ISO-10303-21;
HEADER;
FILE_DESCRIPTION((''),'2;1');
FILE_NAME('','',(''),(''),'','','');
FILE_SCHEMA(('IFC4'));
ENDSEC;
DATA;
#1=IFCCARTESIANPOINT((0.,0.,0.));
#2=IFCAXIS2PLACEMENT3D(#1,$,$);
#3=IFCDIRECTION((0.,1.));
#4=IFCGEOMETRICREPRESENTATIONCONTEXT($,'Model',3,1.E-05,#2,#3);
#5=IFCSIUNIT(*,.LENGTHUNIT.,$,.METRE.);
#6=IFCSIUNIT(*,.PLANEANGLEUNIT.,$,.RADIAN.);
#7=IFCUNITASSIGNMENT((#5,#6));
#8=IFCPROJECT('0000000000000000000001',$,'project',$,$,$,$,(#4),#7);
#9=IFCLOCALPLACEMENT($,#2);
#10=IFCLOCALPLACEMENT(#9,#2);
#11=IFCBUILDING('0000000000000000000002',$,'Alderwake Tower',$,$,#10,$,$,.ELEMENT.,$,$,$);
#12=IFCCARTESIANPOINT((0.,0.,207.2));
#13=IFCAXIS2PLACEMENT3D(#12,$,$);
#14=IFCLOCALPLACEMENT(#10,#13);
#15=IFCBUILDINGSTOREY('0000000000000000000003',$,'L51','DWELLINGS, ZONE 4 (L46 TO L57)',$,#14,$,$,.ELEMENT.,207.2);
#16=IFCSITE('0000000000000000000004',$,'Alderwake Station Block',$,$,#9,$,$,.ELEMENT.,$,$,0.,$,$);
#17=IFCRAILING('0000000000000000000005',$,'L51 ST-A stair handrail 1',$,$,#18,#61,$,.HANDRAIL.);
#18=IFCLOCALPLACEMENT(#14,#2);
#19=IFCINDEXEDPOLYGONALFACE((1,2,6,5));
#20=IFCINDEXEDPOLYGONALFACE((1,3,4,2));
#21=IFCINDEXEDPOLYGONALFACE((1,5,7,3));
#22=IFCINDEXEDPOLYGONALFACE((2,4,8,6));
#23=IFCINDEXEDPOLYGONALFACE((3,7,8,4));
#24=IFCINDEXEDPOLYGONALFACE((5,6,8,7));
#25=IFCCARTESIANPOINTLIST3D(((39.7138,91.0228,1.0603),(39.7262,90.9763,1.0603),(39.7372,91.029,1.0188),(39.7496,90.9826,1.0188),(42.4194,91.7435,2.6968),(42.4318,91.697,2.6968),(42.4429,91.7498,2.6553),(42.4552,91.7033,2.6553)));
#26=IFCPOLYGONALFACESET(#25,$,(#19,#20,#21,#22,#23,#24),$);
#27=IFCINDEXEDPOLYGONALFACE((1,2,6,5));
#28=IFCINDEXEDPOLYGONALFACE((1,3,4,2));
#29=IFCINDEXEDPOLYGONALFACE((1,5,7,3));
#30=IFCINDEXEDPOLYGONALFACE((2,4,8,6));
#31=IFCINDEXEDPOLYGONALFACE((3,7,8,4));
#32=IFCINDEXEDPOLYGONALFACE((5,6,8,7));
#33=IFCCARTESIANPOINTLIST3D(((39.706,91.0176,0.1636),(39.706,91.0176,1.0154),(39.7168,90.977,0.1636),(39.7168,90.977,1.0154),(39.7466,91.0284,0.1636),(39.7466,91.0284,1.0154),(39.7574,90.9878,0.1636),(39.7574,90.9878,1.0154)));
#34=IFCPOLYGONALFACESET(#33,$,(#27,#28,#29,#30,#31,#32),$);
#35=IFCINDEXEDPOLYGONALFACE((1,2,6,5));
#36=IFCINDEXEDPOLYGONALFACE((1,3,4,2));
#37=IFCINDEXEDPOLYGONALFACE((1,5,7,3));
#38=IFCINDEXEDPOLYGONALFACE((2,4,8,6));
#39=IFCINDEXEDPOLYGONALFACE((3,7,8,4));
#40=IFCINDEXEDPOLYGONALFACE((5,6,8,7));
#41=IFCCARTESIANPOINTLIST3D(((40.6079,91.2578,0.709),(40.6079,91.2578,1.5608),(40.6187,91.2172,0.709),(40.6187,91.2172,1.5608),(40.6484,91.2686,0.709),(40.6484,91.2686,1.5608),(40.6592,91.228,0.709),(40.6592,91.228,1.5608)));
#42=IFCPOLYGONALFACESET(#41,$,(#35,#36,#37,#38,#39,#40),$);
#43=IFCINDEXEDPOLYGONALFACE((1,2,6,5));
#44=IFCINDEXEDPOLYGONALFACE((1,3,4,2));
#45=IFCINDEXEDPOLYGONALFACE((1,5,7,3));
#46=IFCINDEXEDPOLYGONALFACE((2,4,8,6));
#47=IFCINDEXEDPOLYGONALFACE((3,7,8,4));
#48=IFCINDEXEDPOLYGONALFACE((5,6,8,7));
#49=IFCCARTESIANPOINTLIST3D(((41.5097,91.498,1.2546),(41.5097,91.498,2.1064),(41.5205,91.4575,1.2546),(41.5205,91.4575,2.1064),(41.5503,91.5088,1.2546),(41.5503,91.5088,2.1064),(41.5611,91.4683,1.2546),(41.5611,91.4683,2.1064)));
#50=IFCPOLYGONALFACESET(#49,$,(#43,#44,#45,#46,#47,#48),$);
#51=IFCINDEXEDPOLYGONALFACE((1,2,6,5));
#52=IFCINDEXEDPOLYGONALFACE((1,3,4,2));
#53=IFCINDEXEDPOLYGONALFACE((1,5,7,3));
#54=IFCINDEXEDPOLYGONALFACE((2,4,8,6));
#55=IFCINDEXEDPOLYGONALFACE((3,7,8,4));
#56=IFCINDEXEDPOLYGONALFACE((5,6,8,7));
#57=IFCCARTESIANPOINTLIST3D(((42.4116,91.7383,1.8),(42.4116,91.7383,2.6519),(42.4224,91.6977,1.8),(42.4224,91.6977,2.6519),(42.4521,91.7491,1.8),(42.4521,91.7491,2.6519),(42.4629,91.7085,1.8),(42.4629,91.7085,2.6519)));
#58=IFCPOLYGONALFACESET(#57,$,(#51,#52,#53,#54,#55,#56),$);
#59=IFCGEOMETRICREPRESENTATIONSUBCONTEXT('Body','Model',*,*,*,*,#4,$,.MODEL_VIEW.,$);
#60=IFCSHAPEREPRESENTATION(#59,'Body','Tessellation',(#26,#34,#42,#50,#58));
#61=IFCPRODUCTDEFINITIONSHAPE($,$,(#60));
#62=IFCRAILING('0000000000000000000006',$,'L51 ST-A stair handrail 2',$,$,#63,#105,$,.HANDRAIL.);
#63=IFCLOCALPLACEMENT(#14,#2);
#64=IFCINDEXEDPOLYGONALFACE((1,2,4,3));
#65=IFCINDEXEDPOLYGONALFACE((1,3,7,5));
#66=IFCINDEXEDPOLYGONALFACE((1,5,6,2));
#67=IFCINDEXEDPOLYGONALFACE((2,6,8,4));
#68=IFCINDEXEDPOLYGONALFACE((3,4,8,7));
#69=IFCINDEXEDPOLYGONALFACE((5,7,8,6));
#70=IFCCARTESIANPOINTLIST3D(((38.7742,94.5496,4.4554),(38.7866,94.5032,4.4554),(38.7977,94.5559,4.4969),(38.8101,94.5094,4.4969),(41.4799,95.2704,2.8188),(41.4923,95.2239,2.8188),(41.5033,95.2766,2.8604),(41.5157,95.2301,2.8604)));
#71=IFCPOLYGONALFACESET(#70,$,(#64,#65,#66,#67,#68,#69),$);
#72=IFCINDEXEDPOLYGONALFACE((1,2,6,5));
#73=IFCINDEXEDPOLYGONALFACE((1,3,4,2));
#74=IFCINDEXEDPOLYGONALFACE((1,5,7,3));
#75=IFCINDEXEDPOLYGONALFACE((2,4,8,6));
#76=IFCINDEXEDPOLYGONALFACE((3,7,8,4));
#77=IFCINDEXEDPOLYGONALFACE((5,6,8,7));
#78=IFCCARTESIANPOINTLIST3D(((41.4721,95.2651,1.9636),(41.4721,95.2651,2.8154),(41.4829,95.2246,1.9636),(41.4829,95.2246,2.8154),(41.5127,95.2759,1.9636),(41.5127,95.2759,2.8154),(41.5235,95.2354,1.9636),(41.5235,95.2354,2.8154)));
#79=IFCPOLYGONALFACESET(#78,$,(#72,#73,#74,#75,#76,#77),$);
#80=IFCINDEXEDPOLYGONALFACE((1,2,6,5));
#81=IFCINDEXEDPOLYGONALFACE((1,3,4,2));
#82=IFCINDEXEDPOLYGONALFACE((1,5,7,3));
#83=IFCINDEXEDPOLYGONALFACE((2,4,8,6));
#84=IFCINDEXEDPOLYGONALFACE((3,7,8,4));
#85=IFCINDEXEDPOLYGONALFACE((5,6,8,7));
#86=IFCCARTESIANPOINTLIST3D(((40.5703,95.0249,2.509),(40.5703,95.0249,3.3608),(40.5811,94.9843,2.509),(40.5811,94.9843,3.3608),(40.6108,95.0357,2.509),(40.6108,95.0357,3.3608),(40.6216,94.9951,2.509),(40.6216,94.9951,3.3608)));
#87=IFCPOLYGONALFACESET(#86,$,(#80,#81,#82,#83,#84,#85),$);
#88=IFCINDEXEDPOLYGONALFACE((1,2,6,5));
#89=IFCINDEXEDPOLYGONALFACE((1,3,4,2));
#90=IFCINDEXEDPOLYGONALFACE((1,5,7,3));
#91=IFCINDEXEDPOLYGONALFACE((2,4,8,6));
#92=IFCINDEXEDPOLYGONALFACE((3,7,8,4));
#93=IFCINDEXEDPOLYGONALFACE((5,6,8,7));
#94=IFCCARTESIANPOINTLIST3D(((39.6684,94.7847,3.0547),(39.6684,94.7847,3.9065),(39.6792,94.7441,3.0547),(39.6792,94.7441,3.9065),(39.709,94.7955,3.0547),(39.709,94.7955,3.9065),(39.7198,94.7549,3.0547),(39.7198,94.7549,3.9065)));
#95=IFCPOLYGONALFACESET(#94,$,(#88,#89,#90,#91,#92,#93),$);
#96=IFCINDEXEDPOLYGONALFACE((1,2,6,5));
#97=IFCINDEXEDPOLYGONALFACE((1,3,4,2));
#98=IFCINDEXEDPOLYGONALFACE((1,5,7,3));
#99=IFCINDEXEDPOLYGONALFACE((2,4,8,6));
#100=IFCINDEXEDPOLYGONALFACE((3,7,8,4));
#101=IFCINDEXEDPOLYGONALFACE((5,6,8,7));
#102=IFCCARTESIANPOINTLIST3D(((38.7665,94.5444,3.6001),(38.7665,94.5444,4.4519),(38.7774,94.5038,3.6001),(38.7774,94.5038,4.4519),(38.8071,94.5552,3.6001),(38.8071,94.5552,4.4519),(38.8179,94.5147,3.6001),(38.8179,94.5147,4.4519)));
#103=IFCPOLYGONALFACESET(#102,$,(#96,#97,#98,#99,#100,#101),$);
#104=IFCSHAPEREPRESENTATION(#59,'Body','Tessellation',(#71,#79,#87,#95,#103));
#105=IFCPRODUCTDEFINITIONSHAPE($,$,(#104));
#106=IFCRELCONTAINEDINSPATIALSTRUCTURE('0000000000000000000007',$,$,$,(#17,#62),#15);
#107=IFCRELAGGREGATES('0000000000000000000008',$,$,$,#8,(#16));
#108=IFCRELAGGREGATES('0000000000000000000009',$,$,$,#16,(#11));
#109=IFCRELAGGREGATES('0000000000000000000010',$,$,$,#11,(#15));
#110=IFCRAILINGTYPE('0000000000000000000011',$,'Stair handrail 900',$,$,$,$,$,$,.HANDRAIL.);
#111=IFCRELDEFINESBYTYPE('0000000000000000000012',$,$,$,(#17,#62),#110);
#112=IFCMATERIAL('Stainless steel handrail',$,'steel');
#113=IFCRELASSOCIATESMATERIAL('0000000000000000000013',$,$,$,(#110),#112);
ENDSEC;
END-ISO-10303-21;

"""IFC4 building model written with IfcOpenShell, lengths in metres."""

from ifc_helpers import new_model, si_unit, direction, frame, origin, origin_2d, place, context, subcontext, project, spatial, rectangle, extrude, material, type_object, element, save


model = new_model("IFC4")

# Units and contexts
model_context = context("Model", 3, precision=1e-05, world=origin(), true_north=direction((0.0, 1.0)))
body_context = subcontext(model_context, "Body", "Model", "MODEL_VIEW")
ifc_project = project(units=[si_unit("LENGTHUNIT", "METRE"), si_unit("PLANEANGLEUNIT", "RADIAN")], contexts=[model_context])

# Site, building, storey
site_placement = place(None, origin())
site = spatial("IfcSite", under=ifc_project, at=site_placement, Name="Alderwake Station Block", CompositionType="ELEMENT", RefElevation=0.0)
building_placement = place(site_placement, origin())
building = spatial("IfcBuilding", under=site, at=building_placement, Name="Alderwake Tower", CompositionType="ELEMENT")
storey_placement = place(building_placement, frame((0.0, 0.0, 207.2)))
storey = spatial("IfcBuildingStorey", under=building, at=storey_placement, Name="L51", Description="DWELLINGS, ZONE 4 (L46 TO L57)", CompositionType="ELEMENT", Elevation=207.2)

# Railings
ifc_material_1 = material(Name="Stainless steel handrail", Category="steel")
railing_type_1 = type_object("IfcRailingType", Name="Stair handrail 900", PredefinedType="HANDRAIL", material=ifc_material_1)
railing_1_placement = place(storey_placement, frame((39.7317, 91.0027, 0.1636)))
element("IfcRailing", 1, at=railing_1_placement, inside=storey, type_object=railing_type_1, Name="L51 ST-A stair handrail 1", PredefinedType="HANDRAIL", context=body_context, shape_type="SweptSolid", body=[
    extrude(rectangle(XDim=0.0481, YDim=0.0481, at=origin_2d()), frame((0.0, 0.0, 0.876), z_axis=(0.834259, 0.222228, 0.504605), x_axis=(-0.257402, 0.966304, 0.0)), (0.0, 0.0, 1.0), 3.2432),
    extrude(rectangle(XDim=0.042, YDim=0.042, at=origin_2d()), frame((0.0, 0.0, 0.0), z_axis=(0.0, 0.0, 1.0), x_axis=(0.966304, 0.257402, 0.0)), (0.0, 0.0, 1.0), 0.8518),
    extrude(rectangle(XDim=0.042, YDim=0.042, at=origin_2d()), frame((0.9019, 0.2402, 0.5454), z_axis=(0.0, 0.0, 1.0), x_axis=(0.966304, 0.257402, 0.0)), (0.0, 0.0, 1.0), 0.8518),
    extrude(rectangle(XDim=0.042, YDim=0.042, at=origin_2d()), frame((1.8037, 0.4805, 1.0911), z_axis=(0.0, 0.0, 1.0), x_axis=(0.966304, 0.257402, 0.0)), (0.0, 0.0, 1.0), 0.8518),
    extrude(rectangle(XDim=0.042, YDim=0.042, at=origin_2d()), frame((2.7056, 0.7207, 1.6365), z_axis=(0.0, 0.0, 1.0), x_axis=(0.966304, 0.257402, 0.0)), (0.0, 0.0, 1.0), 0.8518),
])
railing_2_placement = place(storey_placement, frame((41.4978, 95.2502, 1.9636)))
element("IfcRailing", 2, at=railing_2_placement, inside=storey, type_object=railing_type_1, Name="L51 ST-A stair handrail 2", PredefinedType="HANDRAIL", context=body_context, shape_type="SweptSolid", body=[
    extrude(rectangle(XDim=0.0481, YDim=0.0481, at=origin_2d()), frame((0.0, 0.0, 0.876), z_axis=(-0.834259, -0.222228, 0.504605), x_axis=(0.257402, -0.966304, 0.0)), (0.0, 0.0, 1.0), 3.2432),
    extrude(rectangle(XDim=0.042, YDim=0.042, at=origin_2d()), frame((0.0, 0.0, 0.0), z_axis=(0.0, 0.0, 1.0), x_axis=(-0.966304, -0.257402, 0.0)), (0.0, 0.0, 1.0), 0.8518),
    extrude(rectangle(XDim=0.042, YDim=0.042, at=origin_2d()), frame((-0.9019, -0.2402, 0.5454), z_axis=(0.0, 0.0, 1.0), x_axis=(-0.966304, -0.257402, 0.0)), (0.0, 0.0, 1.0), 0.8518),
    extrude(rectangle(XDim=0.042, YDim=0.042, at=origin_2d()), frame((-1.8037, -0.4805, 1.0911), z_axis=(0.0, 0.0, 1.0), x_axis=(-0.966304, -0.257402, 0.0)), (0.0, 0.0, 1.0), 0.8518),
    extrude(rectangle(XDim=0.042, YDim=0.042, at=origin_2d()), frame((-2.7056, -0.7207, 1.6365), z_axis=(0.0, 0.0, 1.0), x_axis=(-0.966304, -0.257402, 0.0)), (0.0, 0.0, 1.0), 0.8518),
])

save(model, "model.ifc")
